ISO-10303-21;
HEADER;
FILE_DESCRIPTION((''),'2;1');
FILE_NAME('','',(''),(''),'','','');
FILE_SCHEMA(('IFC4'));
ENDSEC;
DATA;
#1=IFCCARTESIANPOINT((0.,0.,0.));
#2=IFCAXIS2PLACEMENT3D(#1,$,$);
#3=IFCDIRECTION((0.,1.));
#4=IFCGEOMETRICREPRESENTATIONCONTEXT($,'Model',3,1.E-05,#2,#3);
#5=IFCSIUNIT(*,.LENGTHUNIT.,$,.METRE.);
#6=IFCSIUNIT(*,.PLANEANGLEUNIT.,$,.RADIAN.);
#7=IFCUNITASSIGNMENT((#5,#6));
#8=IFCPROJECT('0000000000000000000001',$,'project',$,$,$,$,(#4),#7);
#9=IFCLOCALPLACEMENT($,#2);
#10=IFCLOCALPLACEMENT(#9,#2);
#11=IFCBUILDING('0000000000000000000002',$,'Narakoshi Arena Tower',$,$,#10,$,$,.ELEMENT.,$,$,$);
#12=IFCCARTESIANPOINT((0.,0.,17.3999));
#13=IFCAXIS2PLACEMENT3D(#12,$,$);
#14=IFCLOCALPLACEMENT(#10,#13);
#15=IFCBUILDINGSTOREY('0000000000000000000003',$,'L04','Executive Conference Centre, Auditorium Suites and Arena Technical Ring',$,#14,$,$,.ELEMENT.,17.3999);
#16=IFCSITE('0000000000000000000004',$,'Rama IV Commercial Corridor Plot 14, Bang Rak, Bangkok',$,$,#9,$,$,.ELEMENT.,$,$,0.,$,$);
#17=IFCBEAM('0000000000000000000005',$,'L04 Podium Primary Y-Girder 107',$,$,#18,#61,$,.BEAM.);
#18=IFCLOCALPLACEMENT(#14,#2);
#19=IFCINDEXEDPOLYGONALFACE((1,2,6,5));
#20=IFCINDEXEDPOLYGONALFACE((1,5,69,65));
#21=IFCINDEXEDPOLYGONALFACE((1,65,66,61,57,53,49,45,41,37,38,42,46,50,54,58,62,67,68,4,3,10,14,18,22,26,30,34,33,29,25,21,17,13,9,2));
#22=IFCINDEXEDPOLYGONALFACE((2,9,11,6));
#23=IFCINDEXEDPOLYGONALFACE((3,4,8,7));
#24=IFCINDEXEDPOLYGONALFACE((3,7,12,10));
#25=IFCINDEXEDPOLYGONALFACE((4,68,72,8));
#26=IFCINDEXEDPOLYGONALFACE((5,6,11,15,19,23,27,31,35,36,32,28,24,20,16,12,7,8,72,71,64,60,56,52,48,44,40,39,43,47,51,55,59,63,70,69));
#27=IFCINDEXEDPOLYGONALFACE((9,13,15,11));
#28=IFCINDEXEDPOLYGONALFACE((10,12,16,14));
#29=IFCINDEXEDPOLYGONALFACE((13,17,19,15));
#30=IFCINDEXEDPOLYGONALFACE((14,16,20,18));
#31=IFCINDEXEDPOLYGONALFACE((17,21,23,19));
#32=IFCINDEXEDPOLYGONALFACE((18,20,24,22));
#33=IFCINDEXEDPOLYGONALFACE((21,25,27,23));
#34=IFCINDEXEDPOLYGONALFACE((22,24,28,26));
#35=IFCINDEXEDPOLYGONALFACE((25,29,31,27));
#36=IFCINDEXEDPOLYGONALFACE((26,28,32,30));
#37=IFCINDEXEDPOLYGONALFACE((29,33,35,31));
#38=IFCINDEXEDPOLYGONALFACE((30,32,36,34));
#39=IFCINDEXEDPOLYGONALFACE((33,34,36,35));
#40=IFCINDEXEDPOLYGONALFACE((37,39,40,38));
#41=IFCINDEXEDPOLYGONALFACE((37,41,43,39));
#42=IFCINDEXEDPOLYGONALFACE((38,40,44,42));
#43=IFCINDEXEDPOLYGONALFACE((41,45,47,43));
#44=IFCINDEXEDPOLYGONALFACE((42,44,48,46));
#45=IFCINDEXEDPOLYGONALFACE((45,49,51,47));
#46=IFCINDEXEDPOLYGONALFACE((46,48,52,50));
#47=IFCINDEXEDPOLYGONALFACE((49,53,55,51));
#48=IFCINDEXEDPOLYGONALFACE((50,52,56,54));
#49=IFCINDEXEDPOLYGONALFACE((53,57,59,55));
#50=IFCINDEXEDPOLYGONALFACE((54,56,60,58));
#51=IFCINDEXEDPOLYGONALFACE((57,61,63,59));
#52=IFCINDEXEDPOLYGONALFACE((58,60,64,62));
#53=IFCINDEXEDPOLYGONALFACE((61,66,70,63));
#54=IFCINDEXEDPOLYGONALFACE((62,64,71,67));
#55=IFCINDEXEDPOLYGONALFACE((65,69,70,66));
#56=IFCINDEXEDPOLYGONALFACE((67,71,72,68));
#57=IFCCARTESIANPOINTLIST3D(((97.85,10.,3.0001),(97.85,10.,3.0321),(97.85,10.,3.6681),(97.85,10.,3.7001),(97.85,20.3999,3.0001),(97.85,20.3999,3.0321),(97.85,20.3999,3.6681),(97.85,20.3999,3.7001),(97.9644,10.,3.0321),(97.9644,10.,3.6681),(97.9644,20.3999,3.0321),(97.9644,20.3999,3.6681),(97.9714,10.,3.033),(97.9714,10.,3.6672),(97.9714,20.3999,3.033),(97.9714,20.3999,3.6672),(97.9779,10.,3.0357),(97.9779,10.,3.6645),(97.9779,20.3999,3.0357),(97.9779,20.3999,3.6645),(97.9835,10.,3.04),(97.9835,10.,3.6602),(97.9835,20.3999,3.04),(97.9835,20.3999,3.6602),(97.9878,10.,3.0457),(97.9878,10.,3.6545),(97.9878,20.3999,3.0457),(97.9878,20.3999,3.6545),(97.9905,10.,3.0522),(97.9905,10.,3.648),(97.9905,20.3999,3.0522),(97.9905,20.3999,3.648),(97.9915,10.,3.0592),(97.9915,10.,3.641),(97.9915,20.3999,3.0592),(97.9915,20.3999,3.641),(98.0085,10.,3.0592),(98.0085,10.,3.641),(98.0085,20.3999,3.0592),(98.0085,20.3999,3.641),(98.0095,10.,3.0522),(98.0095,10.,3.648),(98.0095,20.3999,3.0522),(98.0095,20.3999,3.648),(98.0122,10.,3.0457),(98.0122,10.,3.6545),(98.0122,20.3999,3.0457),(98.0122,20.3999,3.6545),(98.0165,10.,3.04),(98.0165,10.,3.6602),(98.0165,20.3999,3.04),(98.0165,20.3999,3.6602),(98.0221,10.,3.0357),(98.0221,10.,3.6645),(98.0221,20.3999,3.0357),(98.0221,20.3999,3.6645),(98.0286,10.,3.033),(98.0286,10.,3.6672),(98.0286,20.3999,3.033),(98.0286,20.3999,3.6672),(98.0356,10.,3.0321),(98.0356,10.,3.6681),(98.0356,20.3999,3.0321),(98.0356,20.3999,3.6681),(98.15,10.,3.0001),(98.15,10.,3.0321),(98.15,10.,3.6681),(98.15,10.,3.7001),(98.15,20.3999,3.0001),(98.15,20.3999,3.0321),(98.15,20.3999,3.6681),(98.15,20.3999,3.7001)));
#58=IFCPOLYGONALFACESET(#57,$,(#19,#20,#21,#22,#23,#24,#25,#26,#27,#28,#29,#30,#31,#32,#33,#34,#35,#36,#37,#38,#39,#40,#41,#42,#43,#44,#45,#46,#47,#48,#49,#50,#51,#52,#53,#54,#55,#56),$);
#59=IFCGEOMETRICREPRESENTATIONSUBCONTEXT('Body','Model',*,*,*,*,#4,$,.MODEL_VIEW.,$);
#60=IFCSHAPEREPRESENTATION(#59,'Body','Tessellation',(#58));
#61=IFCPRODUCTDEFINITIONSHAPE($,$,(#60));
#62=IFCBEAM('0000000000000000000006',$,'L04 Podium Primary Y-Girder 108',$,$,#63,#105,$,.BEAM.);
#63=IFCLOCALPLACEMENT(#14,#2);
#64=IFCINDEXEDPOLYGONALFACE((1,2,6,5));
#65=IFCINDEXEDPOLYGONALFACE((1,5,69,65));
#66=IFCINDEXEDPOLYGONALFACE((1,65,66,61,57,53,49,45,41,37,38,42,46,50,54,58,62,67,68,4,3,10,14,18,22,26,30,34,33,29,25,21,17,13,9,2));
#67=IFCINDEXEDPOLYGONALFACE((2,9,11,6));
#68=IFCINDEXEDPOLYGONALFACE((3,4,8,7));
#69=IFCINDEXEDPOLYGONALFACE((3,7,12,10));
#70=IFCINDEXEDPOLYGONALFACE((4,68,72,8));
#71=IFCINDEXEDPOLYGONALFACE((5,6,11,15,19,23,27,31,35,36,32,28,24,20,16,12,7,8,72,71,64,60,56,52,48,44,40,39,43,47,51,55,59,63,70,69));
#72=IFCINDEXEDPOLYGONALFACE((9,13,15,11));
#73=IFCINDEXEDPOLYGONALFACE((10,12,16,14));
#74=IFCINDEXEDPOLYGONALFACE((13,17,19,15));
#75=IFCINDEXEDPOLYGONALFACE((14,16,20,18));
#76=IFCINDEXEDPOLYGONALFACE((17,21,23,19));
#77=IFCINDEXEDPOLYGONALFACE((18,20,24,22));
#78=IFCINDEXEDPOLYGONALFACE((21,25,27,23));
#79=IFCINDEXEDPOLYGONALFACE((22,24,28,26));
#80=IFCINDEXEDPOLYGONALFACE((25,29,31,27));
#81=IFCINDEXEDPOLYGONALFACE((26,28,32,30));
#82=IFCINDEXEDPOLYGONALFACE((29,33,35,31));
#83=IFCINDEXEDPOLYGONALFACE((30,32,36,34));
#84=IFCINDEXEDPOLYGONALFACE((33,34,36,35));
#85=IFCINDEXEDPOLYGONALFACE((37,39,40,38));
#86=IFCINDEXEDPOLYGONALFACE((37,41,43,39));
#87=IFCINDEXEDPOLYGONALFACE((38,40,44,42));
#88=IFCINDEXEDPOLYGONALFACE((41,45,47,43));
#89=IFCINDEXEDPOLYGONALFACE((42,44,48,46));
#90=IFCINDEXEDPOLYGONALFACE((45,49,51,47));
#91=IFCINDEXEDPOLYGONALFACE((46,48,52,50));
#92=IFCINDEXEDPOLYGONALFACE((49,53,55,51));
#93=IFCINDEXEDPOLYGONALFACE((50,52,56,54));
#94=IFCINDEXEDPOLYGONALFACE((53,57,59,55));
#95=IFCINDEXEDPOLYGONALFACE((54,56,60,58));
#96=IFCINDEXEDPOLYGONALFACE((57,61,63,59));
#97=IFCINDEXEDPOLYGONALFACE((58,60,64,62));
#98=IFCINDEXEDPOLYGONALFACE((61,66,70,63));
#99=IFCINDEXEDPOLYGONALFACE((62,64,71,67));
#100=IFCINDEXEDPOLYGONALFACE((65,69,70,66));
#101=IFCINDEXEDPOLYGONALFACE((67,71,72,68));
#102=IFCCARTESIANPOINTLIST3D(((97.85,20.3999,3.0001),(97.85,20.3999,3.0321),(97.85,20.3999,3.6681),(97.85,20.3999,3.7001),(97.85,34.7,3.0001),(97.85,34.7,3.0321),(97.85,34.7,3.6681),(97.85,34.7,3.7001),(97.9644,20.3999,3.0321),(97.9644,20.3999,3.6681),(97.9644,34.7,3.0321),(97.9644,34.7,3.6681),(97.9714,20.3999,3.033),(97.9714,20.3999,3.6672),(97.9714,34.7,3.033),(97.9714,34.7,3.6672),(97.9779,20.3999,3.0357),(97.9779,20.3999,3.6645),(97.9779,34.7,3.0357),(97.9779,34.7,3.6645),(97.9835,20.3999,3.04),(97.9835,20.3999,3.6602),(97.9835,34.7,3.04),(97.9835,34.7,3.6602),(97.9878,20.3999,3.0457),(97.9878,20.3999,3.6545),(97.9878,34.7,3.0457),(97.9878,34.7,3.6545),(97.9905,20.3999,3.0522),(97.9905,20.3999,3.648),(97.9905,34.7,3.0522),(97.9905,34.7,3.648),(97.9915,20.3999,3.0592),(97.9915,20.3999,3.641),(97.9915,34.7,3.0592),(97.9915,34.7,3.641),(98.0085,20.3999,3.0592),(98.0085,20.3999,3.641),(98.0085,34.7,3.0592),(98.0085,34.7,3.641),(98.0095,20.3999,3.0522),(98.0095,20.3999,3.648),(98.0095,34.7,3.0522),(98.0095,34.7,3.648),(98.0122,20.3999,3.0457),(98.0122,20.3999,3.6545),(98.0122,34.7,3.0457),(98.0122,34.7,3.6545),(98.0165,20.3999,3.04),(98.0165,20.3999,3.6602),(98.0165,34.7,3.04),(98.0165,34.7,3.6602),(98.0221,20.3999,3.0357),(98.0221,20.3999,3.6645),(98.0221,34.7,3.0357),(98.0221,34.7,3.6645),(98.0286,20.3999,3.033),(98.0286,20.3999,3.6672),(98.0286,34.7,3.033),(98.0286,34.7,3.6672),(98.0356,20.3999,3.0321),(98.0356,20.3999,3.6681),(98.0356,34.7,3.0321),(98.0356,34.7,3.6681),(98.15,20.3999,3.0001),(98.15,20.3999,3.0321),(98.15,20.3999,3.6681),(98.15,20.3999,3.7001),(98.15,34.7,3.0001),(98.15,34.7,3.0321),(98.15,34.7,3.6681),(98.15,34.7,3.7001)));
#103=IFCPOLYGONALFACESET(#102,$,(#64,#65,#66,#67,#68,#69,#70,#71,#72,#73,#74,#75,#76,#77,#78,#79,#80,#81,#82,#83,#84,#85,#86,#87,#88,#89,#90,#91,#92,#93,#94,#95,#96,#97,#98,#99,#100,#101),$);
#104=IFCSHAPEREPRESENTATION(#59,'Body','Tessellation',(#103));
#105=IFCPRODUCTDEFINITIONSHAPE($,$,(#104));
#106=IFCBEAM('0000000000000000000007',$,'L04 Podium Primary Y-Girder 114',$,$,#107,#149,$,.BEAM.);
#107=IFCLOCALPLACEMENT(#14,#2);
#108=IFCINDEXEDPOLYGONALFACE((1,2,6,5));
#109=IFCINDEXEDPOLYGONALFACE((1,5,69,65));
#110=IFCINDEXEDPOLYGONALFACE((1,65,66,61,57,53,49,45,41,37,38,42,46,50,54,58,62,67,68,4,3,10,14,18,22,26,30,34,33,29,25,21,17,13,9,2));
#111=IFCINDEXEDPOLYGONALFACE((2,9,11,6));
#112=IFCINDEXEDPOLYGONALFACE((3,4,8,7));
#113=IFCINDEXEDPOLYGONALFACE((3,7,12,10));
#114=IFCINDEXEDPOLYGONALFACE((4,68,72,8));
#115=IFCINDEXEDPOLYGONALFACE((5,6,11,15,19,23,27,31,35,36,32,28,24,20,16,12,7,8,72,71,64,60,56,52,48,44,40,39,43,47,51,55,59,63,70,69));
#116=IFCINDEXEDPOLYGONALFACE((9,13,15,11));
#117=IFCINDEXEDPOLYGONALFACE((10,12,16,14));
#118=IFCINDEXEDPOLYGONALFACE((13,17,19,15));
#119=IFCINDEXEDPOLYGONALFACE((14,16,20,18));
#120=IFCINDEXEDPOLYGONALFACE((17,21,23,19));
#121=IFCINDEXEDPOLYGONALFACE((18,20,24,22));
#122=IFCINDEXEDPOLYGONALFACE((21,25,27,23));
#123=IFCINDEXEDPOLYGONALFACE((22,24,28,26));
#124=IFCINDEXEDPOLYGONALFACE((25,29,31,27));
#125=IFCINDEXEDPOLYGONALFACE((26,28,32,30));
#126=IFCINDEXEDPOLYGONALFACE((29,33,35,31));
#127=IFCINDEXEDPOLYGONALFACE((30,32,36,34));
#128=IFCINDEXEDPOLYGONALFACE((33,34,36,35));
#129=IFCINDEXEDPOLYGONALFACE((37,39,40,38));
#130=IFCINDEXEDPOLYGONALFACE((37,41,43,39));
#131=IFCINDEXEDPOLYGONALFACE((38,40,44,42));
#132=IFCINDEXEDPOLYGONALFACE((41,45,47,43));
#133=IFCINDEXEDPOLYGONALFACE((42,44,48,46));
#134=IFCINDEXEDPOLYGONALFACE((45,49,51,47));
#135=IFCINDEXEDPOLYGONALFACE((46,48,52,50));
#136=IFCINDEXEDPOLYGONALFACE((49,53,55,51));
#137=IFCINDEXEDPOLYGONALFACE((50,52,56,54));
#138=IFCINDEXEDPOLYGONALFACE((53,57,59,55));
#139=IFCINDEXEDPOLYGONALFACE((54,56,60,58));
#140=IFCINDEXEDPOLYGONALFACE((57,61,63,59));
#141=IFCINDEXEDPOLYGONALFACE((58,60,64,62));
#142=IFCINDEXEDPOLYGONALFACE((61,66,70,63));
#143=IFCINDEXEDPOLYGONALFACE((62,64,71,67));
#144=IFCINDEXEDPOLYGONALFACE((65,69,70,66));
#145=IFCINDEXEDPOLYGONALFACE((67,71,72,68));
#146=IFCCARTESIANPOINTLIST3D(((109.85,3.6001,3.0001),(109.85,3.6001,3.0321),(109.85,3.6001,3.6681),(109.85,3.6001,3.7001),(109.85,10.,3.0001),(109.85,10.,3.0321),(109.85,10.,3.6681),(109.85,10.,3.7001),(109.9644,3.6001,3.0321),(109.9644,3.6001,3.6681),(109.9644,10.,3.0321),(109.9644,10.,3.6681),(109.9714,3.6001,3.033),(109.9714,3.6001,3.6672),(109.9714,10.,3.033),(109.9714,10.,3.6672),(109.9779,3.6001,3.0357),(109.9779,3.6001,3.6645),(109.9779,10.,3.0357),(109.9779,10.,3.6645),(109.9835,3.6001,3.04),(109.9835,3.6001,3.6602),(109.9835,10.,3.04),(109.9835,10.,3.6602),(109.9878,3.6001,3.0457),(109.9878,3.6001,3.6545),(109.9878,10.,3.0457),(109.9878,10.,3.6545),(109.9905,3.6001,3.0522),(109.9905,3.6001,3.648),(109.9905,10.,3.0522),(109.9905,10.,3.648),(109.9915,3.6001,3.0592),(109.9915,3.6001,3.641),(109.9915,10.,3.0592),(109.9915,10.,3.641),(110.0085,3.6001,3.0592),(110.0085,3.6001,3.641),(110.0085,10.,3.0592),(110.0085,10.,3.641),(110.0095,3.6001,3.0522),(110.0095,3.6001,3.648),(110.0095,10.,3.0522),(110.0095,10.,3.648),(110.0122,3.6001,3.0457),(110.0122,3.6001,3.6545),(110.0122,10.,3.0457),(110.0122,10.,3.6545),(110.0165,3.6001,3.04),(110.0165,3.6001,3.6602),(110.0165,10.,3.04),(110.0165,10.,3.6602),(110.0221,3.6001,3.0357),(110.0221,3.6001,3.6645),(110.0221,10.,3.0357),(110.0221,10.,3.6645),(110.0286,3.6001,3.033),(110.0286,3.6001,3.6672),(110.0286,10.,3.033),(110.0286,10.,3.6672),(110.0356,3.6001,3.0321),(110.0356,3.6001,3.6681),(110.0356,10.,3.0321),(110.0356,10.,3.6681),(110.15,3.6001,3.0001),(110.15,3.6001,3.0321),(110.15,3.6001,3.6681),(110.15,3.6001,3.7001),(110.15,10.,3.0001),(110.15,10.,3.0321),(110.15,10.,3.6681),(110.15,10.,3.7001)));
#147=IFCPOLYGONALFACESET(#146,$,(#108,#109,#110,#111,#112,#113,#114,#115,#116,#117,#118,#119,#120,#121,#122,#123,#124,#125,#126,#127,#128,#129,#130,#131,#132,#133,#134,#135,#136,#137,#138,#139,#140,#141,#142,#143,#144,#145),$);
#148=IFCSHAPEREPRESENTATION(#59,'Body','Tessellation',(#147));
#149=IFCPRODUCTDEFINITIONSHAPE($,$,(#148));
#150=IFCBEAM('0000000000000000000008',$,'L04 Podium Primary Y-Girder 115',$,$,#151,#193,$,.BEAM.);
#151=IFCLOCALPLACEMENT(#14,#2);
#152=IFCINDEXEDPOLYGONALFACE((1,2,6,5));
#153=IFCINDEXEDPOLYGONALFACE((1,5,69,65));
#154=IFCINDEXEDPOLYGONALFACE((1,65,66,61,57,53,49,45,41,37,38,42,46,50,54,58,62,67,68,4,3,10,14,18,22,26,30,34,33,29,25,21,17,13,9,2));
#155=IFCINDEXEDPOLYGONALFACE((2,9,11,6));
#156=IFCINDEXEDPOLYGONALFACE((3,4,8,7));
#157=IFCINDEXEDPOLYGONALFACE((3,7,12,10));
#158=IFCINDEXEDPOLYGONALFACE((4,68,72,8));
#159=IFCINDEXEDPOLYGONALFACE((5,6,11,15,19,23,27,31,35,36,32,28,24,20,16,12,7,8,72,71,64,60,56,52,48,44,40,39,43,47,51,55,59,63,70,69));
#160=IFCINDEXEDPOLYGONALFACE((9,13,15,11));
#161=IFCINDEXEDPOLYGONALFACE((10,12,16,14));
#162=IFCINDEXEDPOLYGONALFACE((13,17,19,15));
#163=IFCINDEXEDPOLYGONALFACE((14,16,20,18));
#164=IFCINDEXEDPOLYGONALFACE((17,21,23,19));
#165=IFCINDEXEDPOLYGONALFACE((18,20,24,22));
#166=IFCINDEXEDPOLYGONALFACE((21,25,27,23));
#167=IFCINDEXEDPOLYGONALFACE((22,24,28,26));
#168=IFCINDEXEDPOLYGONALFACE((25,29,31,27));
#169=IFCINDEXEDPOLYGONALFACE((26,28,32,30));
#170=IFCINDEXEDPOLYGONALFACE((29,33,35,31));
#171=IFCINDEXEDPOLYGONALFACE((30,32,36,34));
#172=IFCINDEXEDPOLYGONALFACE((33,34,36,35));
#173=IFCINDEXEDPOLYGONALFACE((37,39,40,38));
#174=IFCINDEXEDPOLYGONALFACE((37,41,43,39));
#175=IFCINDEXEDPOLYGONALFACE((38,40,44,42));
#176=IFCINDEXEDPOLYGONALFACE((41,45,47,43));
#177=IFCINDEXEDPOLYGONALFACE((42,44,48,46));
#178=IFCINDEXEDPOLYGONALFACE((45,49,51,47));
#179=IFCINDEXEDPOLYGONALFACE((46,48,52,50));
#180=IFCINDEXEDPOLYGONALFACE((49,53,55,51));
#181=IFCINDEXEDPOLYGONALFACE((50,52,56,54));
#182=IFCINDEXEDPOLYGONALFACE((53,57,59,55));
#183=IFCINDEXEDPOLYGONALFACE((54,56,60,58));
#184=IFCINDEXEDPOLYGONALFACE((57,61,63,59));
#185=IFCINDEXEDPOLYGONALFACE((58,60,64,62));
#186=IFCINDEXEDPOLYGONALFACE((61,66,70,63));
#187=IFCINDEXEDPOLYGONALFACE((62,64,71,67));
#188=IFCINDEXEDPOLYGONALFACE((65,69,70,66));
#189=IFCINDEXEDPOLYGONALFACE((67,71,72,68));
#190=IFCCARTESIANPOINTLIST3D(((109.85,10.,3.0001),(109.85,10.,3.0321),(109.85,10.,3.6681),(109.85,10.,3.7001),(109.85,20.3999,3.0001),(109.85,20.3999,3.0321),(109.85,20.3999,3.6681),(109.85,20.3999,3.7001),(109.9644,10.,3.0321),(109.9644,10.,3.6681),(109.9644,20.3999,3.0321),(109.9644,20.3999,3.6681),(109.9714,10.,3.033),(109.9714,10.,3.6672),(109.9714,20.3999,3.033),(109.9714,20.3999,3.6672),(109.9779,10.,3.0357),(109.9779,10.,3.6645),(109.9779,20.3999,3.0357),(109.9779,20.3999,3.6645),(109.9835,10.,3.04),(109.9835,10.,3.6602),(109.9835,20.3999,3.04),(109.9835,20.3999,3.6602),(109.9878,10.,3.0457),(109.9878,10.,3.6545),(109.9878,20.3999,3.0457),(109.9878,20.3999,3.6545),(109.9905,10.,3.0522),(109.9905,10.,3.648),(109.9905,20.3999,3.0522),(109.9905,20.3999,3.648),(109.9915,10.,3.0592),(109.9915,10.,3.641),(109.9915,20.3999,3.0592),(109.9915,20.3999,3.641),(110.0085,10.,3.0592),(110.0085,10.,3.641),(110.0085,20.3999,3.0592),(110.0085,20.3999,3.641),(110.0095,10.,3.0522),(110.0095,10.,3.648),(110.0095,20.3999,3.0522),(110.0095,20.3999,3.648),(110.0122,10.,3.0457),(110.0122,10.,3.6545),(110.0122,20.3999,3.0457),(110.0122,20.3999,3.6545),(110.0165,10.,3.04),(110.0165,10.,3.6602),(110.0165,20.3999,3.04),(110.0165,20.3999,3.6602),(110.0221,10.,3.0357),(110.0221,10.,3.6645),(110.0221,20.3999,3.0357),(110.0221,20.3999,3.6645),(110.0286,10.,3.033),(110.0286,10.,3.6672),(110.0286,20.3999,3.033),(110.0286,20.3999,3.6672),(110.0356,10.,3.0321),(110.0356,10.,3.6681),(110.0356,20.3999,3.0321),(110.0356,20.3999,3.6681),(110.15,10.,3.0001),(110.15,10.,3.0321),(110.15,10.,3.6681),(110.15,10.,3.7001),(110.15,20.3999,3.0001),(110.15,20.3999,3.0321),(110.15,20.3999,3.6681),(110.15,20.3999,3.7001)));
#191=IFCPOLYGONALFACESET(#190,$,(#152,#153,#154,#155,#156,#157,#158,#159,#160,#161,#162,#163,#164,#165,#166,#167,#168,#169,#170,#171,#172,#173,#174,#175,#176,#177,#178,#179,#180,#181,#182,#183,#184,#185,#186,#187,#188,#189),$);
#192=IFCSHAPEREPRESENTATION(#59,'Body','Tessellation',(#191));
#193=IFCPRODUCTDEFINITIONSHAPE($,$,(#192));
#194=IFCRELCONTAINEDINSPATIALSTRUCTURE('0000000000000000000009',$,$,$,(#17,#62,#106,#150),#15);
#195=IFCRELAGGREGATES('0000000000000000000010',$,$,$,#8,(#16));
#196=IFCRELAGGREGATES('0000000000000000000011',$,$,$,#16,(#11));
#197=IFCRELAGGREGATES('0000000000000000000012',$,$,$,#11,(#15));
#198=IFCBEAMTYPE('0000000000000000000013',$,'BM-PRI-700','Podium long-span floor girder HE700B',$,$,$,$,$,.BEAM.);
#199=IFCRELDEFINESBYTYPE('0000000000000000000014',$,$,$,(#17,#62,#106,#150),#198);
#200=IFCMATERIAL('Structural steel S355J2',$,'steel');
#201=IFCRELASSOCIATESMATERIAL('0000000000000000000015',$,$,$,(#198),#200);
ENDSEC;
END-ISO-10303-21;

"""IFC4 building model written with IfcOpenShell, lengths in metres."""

from ifc_helpers import new_model, si_unit, direction, frame, origin, origin_2d, place, context, subcontext, project, spatial, i_section, extrude, material, material_profile, profile_set, type_object, element, save


model = new_model("IFC4")

# Units and contexts
model_context = context("Model", 3, precision=1e-05, world=origin(), true_north=direction((0.0, 1.0)))
body_context = subcontext(model_context, "Body", "Model", "MODEL_VIEW")
ifc_project = project(units=[si_unit("LENGTHUNIT", "METRE"), si_unit("PLANEANGLEUNIT", "RADIAN")], contexts=[model_context])

# Site, building, storey
site_placement = place(None, origin())
site = spatial("IfcSite", under=ifc_project, at=site_placement, Name="Rama IV Commercial Corridor Plot 14, Bang Rak, Bangkok", CompositionType="ELEMENT", RefElevation=0.0)
building_placement = place(site_placement, origin())
building = spatial("IfcBuilding", under=site, at=building_placement, Name="Narakoshi Arena Tower", CompositionType="ELEMENT")
storey_placement = place(building_placement, frame((0.0, 0.0, 17.3999)))
storey = spatial("IfcBuildingStorey", under=building, at=storey_placement, Name="L04", Description="Executive Conference Centre, Auditorium Suites and Arena Technical Ring", CompositionType="ELEMENT", Elevation=17.3999)

# Beams
ifc_material_1 = material(Name="Structural steel S355J2", Category="steel")
ifc_material_profile_1 = material_profile(ifc_material_1, i_section(OverallWidth=0.3, OverallDepth=0.7, WebThickness=0.0171, FlangeThickness=0.032, FilletRadius=0.0271, at=origin_2d()), Name="HE700B")
ifc_profile_set_1 = profile_set([ifc_material_profile_1], Name="Structural steel S355J2")
beam_type_1 = type_object("IfcBeamType", Name="BM-PRI-700", Description="Podium long-span floor girder HE700B", PredefinedType="BEAM", material=ifc_profile_set_1)
beam_1_placement = place(storey_placement, frame((98.0, 10.0, 3.3501), z_axis=(0.0, 1.0, 0.0), x_axis=(-1.0, 0.0, 0.0)))
element("IfcBeam", 1, at=beam_1_placement, inside=storey, type_object=beam_type_1, Name="L04 Podium Primary Y-Girder 107", PredefinedType="BEAM", context=body_context, shape_type="SweptSolid", body=[
    extrude(i_section(OverallWidth=0.3, OverallDepth=0.7, WebThickness=0.0171, FlangeThickness=0.032, FilletRadius=0.0271, at=origin_2d()), origin(), (0.0, 0.0, 1.0), 10.3999),
])
beam_2_placement = place(storey_placement, frame((98.0, 20.3999, 3.3501), z_axis=(0.0, 1.0, 0.0), x_axis=(-1.0, 0.0, 0.0)))
element("IfcBeam", 2, at=beam_2_placement, inside=storey, type_object=beam_type_1, Name="L04 Podium Primary Y-Girder 108", PredefinedType="BEAM", context=body_context, shape_type="SweptSolid", body=[
    extrude(i_section(OverallWidth=0.3, OverallDepth=0.7, WebThickness=0.0171, FlangeThickness=0.032, FilletRadius=0.0271, at=origin_2d()), origin(), (0.0, 0.0, 1.0), 14.3),
])
beam_3_placement = place(storey_placement, frame((110.0, 3.6001, 3.3501), z_axis=(0.0, 1.0, 0.0), x_axis=(-1.0, 0.0, 0.0)))
element("IfcBeam", 3, at=beam_3_placement, inside=storey, type_object=beam_type_1, Name="L04 Podium Primary Y-Girder 114", PredefinedType="BEAM", context=body_context, shape_type="SweptSolid", body=[
    extrude(i_section(OverallWidth=0.3, OverallDepth=0.7, WebThickness=0.0171, FlangeThickness=0.032, FilletRadius=0.0271, at=origin_2d()), origin(), (0.0, 0.0, 1.0), 6.3999),
])
beam_4_placement = place(storey_placement, frame((110.0, 10.0, 3.3501), z_axis=(0.0, 1.0, 0.0), x_axis=(-1.0, 0.0, 0.0)))
element("IfcBeam", 4, at=beam_4_placement, inside=storey, type_object=beam_type_1, Name="L04 Podium Primary Y-Girder 115", PredefinedType="BEAM", context=body_context, shape_type="SweptSolid", body=[
    extrude(i_section(OverallWidth=0.3, OverallDepth=0.7, WebThickness=0.0171, FlangeThickness=0.032, FilletRadius=0.0271, at=origin_2d()), origin(), (0.0, 0.0, 1.0), 10.3999),
])

save(model, "model.ifc")
